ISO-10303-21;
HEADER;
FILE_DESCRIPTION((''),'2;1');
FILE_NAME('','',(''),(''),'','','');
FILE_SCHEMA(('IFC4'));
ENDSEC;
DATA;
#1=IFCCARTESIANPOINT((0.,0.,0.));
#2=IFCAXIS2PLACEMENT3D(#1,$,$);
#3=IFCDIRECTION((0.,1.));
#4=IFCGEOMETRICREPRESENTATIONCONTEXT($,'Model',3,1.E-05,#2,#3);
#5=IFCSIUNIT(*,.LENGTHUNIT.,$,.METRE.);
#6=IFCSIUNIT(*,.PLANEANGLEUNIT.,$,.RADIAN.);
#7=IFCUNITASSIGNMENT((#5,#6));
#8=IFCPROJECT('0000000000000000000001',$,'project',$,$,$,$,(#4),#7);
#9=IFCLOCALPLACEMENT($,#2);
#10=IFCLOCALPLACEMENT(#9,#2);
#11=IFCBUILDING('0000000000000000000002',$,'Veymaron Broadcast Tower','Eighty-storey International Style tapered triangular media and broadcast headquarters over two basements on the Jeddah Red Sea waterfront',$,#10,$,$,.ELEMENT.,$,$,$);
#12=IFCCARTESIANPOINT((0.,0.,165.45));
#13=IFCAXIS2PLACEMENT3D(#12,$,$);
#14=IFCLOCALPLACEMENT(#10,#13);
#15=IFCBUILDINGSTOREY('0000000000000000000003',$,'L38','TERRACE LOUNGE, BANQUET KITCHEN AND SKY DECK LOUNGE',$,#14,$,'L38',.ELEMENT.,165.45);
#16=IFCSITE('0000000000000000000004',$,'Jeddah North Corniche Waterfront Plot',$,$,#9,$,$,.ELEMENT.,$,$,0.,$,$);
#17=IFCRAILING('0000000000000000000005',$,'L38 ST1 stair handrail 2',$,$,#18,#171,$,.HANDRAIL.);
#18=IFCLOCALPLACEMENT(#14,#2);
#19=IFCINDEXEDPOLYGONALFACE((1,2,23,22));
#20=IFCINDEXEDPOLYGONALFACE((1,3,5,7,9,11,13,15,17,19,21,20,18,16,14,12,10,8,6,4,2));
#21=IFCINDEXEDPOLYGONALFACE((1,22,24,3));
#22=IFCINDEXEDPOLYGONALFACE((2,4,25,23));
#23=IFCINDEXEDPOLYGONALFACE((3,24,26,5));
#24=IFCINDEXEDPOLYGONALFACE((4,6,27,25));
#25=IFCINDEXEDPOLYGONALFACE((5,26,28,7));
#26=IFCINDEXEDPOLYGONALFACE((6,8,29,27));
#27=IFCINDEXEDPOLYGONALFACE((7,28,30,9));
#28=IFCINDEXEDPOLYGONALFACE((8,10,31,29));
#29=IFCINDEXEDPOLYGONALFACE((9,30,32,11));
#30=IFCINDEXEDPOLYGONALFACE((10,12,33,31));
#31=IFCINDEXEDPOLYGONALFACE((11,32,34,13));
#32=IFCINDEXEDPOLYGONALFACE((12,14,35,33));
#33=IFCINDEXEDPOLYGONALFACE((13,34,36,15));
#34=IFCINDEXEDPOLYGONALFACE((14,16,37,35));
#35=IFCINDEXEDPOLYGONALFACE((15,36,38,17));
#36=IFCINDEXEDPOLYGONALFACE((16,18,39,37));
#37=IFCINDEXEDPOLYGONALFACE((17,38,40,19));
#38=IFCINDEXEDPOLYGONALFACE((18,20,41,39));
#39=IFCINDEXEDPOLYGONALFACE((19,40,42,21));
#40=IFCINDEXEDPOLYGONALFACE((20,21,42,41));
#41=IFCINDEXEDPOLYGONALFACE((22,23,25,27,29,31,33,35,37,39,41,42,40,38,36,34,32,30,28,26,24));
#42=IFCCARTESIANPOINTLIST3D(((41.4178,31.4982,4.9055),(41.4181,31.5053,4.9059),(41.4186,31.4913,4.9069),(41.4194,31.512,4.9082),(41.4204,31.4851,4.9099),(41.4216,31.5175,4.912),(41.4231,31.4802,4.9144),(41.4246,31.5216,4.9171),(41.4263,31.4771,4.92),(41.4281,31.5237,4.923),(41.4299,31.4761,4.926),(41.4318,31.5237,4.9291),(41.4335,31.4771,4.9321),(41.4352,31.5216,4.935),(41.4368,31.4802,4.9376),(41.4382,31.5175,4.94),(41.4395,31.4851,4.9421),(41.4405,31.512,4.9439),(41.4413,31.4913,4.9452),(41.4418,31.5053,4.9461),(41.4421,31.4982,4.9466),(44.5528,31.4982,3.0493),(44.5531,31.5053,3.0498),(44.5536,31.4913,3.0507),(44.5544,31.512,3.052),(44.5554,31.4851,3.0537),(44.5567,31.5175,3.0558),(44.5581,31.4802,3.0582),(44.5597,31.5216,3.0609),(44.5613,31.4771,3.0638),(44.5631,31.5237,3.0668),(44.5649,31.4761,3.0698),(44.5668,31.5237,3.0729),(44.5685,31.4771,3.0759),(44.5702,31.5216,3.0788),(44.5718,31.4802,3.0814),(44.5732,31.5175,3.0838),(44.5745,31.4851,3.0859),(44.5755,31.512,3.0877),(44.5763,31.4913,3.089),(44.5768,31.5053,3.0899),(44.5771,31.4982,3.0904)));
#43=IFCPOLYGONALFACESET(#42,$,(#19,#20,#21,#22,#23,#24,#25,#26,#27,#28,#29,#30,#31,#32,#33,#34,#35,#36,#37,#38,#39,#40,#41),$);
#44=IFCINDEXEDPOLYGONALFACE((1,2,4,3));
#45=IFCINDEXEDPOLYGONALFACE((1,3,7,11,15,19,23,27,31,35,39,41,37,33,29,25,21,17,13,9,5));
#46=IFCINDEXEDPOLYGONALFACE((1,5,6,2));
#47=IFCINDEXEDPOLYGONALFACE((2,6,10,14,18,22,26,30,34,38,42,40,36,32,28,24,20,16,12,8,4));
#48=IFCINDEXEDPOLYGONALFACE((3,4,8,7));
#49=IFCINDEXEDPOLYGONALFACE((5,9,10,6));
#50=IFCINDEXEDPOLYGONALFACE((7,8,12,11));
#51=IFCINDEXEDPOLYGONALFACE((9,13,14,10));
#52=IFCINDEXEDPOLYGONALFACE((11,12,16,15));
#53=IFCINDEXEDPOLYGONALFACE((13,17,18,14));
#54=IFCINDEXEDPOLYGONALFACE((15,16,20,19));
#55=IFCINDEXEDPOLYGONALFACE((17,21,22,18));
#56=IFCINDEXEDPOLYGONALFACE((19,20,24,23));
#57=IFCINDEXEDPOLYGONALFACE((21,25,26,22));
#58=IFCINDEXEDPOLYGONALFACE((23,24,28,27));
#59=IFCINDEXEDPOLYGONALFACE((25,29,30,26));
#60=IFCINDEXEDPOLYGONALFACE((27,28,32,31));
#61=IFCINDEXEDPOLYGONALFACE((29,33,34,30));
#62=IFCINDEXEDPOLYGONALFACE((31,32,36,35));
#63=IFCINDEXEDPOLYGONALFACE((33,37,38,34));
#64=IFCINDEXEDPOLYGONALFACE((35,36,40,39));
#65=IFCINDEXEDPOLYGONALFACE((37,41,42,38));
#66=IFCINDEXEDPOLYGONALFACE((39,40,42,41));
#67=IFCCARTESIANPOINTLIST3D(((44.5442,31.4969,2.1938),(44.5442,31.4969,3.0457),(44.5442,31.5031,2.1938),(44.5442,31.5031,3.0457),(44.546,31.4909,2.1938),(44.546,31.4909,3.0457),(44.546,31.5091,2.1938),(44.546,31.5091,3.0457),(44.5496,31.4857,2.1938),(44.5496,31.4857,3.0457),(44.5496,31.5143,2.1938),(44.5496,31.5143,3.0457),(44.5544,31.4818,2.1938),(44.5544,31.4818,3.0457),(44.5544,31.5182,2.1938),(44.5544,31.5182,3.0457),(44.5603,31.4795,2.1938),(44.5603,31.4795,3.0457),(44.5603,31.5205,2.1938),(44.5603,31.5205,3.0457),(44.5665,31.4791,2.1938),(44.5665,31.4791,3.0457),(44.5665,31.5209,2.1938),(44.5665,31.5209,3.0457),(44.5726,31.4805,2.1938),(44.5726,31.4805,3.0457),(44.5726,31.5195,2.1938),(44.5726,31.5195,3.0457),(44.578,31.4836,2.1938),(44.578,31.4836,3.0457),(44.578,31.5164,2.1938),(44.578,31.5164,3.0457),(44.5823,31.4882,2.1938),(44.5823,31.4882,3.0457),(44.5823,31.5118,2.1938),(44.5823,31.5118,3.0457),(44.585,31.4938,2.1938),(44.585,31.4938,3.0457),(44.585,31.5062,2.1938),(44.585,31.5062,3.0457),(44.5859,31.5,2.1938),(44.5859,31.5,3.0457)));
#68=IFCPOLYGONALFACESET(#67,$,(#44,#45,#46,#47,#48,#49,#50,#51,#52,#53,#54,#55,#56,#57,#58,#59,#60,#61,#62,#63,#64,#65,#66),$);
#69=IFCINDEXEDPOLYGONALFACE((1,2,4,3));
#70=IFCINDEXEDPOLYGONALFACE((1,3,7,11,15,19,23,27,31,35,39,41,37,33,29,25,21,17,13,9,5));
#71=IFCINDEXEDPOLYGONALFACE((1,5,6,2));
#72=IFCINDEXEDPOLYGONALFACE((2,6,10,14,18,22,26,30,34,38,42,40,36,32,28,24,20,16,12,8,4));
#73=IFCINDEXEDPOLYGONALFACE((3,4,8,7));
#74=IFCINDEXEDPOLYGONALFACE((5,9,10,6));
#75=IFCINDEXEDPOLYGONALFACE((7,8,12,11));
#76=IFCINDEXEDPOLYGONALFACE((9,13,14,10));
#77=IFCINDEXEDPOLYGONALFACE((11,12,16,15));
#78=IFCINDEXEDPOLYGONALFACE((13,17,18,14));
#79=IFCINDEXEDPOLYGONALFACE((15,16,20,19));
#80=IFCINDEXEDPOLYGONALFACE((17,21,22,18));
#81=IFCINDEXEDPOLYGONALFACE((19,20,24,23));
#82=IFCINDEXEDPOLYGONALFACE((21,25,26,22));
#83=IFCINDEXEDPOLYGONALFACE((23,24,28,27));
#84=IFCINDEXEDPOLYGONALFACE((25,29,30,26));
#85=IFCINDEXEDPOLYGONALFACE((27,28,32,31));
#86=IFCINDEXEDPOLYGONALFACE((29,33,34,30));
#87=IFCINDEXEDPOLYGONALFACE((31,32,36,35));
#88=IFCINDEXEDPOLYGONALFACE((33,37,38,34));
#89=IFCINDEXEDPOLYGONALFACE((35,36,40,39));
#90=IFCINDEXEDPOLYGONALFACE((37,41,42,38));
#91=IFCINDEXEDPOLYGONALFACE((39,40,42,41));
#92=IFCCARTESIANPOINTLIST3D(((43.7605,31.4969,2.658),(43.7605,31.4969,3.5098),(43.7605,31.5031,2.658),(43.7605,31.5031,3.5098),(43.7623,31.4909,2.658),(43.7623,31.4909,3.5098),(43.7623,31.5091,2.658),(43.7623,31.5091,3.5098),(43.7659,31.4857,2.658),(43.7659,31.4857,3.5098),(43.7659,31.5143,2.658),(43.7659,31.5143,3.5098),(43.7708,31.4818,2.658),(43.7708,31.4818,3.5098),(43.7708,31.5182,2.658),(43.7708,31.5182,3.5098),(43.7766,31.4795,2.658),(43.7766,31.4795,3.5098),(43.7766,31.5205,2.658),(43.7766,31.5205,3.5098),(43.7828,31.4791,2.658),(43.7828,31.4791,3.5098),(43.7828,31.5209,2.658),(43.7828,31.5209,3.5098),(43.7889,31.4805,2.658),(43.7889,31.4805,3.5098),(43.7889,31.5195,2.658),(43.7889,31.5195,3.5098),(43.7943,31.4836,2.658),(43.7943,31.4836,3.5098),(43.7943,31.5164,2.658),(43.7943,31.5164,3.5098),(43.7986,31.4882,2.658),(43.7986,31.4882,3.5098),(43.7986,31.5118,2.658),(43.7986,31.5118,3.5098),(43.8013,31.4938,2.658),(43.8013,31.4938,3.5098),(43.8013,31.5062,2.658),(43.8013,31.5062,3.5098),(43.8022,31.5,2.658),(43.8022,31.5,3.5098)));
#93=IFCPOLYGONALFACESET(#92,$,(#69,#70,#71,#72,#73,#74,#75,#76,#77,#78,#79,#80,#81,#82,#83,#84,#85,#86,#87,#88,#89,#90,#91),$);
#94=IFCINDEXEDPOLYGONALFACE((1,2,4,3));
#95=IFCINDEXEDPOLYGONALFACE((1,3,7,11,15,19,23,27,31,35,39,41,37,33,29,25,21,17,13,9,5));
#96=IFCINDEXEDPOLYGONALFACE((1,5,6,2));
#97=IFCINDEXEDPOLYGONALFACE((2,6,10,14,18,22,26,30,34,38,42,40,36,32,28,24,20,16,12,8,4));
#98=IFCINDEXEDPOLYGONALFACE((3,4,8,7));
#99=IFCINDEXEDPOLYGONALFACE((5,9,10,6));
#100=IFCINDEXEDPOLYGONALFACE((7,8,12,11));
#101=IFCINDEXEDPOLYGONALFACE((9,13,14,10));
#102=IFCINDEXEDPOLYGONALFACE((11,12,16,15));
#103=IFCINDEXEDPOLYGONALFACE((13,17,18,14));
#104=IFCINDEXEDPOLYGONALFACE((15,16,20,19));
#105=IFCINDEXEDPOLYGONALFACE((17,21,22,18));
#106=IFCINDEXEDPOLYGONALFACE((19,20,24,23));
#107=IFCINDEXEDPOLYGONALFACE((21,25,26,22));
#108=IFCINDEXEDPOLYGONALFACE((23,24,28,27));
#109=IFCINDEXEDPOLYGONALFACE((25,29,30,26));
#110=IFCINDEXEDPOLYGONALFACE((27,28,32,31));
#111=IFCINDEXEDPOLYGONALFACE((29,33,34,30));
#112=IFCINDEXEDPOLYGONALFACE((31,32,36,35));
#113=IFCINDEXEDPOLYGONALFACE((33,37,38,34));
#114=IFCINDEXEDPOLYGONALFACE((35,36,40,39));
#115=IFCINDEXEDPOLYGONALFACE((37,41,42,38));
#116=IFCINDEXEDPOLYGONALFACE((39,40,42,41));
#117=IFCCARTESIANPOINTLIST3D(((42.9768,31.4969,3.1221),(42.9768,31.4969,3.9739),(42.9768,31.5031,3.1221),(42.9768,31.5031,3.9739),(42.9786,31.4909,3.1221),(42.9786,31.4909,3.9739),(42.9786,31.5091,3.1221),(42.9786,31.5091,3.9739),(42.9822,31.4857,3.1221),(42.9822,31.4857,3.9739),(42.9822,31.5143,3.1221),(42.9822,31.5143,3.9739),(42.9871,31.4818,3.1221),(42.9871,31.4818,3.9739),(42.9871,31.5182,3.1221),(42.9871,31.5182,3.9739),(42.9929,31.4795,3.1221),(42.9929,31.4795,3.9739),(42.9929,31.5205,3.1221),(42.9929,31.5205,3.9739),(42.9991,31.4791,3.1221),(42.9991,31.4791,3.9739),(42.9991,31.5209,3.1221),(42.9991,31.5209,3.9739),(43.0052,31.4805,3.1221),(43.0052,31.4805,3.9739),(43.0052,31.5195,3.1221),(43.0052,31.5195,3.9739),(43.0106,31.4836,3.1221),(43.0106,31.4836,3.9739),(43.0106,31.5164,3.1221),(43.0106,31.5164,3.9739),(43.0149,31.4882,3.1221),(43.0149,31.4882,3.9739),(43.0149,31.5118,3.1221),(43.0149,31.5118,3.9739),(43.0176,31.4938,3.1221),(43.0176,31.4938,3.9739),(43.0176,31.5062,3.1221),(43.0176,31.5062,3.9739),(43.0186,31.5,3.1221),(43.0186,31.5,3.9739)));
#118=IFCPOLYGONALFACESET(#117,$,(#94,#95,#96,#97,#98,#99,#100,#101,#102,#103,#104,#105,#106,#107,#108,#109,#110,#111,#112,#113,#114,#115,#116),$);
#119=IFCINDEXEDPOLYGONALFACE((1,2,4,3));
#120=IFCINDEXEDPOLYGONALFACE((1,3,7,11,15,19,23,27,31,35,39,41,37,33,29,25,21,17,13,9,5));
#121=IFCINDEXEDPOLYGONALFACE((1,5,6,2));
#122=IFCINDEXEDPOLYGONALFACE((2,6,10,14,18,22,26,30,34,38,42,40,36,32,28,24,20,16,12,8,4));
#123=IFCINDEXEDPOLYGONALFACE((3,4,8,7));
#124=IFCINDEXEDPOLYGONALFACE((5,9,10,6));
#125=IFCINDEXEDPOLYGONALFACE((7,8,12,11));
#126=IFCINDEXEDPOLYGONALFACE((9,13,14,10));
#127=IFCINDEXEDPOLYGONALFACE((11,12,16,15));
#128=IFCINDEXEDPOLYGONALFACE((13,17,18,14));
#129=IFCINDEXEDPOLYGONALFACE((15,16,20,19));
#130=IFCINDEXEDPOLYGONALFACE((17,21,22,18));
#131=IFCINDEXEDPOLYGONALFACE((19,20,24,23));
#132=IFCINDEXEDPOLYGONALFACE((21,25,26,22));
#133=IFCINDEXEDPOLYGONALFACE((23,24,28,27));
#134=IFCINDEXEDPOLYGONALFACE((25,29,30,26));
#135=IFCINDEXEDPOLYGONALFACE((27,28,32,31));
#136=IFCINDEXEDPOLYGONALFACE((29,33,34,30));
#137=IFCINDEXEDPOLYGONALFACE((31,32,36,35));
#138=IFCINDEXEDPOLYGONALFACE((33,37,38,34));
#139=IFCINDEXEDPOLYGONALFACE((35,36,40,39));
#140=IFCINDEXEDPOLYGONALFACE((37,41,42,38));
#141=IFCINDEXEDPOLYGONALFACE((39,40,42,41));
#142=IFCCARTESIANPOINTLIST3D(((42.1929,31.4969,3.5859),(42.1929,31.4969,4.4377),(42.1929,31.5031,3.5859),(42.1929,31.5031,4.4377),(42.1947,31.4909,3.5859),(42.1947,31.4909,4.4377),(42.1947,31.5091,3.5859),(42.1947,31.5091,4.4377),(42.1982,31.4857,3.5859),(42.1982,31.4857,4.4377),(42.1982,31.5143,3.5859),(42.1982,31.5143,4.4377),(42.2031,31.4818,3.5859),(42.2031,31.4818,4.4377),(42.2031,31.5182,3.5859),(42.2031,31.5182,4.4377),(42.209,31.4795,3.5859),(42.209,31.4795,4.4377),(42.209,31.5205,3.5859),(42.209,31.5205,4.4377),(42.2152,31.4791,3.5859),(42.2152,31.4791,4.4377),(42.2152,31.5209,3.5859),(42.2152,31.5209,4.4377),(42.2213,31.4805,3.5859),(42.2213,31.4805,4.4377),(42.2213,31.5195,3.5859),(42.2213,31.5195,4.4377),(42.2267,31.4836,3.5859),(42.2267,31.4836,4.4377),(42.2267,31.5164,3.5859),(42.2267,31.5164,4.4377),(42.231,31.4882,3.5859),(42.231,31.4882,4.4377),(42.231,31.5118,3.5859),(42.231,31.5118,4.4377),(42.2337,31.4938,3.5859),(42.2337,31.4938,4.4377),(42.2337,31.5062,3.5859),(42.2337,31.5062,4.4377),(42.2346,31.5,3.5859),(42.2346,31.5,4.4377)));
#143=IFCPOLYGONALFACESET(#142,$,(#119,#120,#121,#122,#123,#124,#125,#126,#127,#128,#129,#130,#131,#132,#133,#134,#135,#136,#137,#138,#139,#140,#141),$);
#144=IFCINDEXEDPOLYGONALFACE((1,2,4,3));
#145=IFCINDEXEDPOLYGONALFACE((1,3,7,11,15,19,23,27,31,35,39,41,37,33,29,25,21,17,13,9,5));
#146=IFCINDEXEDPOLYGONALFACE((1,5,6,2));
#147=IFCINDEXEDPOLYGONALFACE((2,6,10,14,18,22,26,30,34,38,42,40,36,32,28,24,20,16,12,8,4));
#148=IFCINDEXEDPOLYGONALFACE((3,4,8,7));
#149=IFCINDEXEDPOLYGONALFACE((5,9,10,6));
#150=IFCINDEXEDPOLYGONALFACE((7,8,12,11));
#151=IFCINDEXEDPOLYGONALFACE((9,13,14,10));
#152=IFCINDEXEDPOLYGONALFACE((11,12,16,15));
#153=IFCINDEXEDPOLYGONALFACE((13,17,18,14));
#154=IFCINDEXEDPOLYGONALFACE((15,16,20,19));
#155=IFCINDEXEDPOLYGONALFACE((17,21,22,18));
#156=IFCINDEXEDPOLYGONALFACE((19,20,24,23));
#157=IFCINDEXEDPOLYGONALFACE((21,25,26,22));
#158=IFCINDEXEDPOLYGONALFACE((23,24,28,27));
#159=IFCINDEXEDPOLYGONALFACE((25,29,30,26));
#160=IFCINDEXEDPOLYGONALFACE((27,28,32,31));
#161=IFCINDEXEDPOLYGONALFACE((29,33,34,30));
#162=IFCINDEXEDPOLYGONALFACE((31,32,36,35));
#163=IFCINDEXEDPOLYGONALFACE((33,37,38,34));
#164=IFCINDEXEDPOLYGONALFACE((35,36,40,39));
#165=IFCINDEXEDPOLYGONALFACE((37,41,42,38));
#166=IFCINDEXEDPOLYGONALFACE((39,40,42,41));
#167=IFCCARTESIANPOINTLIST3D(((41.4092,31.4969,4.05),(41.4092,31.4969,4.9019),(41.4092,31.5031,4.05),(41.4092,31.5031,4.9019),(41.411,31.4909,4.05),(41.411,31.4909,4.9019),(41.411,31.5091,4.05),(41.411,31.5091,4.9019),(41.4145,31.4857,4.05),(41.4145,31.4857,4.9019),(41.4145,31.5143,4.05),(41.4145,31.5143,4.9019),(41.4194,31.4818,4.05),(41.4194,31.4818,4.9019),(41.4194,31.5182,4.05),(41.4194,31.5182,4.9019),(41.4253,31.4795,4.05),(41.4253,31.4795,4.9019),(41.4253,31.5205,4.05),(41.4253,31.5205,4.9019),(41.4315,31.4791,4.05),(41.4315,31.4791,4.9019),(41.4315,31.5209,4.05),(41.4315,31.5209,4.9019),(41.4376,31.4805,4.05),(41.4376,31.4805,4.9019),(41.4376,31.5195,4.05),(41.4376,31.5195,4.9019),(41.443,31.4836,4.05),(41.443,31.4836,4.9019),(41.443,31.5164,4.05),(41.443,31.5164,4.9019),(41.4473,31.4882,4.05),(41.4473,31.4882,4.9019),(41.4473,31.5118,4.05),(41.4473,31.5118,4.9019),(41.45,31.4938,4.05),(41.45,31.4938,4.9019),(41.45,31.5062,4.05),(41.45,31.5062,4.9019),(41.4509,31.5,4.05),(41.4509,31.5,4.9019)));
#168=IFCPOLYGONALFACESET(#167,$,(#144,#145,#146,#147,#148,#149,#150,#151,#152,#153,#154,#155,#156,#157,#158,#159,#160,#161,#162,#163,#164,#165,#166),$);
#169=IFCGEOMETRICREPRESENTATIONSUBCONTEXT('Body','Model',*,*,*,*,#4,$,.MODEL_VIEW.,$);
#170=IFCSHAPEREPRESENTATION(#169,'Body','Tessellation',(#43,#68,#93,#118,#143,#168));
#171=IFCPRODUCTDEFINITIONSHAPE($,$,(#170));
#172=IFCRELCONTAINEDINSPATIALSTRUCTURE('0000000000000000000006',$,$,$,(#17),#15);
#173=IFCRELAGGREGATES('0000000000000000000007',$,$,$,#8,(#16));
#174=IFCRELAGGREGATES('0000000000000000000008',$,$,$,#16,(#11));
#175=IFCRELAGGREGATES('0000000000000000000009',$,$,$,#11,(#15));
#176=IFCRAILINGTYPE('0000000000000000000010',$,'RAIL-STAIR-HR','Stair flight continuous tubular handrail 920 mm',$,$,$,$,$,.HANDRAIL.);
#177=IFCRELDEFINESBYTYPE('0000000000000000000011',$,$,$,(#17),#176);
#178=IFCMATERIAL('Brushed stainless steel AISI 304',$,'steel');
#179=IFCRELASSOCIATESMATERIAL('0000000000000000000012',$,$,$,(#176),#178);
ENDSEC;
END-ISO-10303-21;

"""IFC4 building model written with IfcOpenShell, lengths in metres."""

from ifc_helpers import new_model, si_unit, direction, frame, origin, origin_2d, place, context, subcontext, project, spatial, circle, extrude, material, type_object, element, save


model = new_model("IFC4")

# Units and contexts
model_context = context("Model", 3, precision=1e-05, world=origin(), true_north=direction((0.0, 1.0)))
body_context = subcontext(model_context, "Body", "Model", "MODEL_VIEW")
ifc_project = project(units=[si_unit("LENGTHUNIT", "METRE"), si_unit("PLANEANGLEUNIT", "RADIAN")], contexts=[model_context])

# Site, building, storey
site_placement = place(None, origin())
site = spatial("IfcSite", under=ifc_project, at=site_placement, Name="Jeddah North Corniche Waterfront Plot", CompositionType="ELEMENT", RefElevation=0.0)
building_placement = place(site_placement, origin())
building = spatial("IfcBuilding", under=site, at=building_placement, Name="Veymaron Broadcast Tower", Description="Eighty-storey International Style tapered triangular media and broadcast headquarters over two basements on the Jeddah Red Sea waterfront", CompositionType="ELEMENT")
storey_placement = place(building_placement, frame((0.0, 0.0, 165.45)))
storey = spatial("IfcBuildingStorey", under=building, at=storey_placement, Name="L38", Description="TERRACE LOUNGE, BANQUET KITCHEN AND SKY DECK LOUNGE", LongName="L38", CompositionType="ELEMENT", Elevation=165.45)

# Shared definitions
ifc_material_1 = material(Name="Brushed stainless steel AISI 304", Category="steel")

# Railing
railing_type_1 = type_object("IfcRailingType", Name="RAIL-STAIR-HR", Description="Stair flight continuous tubular handrail 920 mm", PredefinedType="HANDRAIL", material=ifc_material_1)
railing_1_placement = place(storey_placement, frame((44.5649, 31.5, 2.1938)))
element("IfcRailing", 1, at=railing_1_placement, inside=storey, type_object=railing_type_1, Name="L38 ST1 stair handrail 2", PredefinedType="HANDRAIL", context=body_context, shape_type="SweptSolid", body=[
    extrude(circle(Radius=0.0239, at=origin_2d()), frame((0.0, 0.0, 0.876), z_axis=(-0.860482, 0.0, 0.509481), x_axis=(0.0, -1.0, 0.0)), (0.0, 0.0, 1.0), 3.6433),
    extrude(circle(Radius=0.021, at=origin_2d()), origin(), (0.0, 0.0, 1.0), 0.8518),
    extrude(circle(Radius=0.021, at=origin_2d()), frame((-0.7837, 0.0, 0.4641)), (0.0, 0.0, 1.0), 0.8518),
    extrude(circle(Radius=0.021, at=origin_2d()), frame((-1.5674, 0.0, 0.9282)), (0.0, 0.0, 1.0), 0.8518),
    extrude(circle(Radius=0.021, at=origin_2d()), frame((-2.3513, 0.0, 1.3921)), (0.0, 0.0, 1.0), 0.8518),
    extrude(circle(Radius=0.021, at=origin_2d()), frame((-3.135, 0.0, 1.8562)), (0.0, 0.0, 1.0), 0.8518),
])

save(model, "model.ifc")
